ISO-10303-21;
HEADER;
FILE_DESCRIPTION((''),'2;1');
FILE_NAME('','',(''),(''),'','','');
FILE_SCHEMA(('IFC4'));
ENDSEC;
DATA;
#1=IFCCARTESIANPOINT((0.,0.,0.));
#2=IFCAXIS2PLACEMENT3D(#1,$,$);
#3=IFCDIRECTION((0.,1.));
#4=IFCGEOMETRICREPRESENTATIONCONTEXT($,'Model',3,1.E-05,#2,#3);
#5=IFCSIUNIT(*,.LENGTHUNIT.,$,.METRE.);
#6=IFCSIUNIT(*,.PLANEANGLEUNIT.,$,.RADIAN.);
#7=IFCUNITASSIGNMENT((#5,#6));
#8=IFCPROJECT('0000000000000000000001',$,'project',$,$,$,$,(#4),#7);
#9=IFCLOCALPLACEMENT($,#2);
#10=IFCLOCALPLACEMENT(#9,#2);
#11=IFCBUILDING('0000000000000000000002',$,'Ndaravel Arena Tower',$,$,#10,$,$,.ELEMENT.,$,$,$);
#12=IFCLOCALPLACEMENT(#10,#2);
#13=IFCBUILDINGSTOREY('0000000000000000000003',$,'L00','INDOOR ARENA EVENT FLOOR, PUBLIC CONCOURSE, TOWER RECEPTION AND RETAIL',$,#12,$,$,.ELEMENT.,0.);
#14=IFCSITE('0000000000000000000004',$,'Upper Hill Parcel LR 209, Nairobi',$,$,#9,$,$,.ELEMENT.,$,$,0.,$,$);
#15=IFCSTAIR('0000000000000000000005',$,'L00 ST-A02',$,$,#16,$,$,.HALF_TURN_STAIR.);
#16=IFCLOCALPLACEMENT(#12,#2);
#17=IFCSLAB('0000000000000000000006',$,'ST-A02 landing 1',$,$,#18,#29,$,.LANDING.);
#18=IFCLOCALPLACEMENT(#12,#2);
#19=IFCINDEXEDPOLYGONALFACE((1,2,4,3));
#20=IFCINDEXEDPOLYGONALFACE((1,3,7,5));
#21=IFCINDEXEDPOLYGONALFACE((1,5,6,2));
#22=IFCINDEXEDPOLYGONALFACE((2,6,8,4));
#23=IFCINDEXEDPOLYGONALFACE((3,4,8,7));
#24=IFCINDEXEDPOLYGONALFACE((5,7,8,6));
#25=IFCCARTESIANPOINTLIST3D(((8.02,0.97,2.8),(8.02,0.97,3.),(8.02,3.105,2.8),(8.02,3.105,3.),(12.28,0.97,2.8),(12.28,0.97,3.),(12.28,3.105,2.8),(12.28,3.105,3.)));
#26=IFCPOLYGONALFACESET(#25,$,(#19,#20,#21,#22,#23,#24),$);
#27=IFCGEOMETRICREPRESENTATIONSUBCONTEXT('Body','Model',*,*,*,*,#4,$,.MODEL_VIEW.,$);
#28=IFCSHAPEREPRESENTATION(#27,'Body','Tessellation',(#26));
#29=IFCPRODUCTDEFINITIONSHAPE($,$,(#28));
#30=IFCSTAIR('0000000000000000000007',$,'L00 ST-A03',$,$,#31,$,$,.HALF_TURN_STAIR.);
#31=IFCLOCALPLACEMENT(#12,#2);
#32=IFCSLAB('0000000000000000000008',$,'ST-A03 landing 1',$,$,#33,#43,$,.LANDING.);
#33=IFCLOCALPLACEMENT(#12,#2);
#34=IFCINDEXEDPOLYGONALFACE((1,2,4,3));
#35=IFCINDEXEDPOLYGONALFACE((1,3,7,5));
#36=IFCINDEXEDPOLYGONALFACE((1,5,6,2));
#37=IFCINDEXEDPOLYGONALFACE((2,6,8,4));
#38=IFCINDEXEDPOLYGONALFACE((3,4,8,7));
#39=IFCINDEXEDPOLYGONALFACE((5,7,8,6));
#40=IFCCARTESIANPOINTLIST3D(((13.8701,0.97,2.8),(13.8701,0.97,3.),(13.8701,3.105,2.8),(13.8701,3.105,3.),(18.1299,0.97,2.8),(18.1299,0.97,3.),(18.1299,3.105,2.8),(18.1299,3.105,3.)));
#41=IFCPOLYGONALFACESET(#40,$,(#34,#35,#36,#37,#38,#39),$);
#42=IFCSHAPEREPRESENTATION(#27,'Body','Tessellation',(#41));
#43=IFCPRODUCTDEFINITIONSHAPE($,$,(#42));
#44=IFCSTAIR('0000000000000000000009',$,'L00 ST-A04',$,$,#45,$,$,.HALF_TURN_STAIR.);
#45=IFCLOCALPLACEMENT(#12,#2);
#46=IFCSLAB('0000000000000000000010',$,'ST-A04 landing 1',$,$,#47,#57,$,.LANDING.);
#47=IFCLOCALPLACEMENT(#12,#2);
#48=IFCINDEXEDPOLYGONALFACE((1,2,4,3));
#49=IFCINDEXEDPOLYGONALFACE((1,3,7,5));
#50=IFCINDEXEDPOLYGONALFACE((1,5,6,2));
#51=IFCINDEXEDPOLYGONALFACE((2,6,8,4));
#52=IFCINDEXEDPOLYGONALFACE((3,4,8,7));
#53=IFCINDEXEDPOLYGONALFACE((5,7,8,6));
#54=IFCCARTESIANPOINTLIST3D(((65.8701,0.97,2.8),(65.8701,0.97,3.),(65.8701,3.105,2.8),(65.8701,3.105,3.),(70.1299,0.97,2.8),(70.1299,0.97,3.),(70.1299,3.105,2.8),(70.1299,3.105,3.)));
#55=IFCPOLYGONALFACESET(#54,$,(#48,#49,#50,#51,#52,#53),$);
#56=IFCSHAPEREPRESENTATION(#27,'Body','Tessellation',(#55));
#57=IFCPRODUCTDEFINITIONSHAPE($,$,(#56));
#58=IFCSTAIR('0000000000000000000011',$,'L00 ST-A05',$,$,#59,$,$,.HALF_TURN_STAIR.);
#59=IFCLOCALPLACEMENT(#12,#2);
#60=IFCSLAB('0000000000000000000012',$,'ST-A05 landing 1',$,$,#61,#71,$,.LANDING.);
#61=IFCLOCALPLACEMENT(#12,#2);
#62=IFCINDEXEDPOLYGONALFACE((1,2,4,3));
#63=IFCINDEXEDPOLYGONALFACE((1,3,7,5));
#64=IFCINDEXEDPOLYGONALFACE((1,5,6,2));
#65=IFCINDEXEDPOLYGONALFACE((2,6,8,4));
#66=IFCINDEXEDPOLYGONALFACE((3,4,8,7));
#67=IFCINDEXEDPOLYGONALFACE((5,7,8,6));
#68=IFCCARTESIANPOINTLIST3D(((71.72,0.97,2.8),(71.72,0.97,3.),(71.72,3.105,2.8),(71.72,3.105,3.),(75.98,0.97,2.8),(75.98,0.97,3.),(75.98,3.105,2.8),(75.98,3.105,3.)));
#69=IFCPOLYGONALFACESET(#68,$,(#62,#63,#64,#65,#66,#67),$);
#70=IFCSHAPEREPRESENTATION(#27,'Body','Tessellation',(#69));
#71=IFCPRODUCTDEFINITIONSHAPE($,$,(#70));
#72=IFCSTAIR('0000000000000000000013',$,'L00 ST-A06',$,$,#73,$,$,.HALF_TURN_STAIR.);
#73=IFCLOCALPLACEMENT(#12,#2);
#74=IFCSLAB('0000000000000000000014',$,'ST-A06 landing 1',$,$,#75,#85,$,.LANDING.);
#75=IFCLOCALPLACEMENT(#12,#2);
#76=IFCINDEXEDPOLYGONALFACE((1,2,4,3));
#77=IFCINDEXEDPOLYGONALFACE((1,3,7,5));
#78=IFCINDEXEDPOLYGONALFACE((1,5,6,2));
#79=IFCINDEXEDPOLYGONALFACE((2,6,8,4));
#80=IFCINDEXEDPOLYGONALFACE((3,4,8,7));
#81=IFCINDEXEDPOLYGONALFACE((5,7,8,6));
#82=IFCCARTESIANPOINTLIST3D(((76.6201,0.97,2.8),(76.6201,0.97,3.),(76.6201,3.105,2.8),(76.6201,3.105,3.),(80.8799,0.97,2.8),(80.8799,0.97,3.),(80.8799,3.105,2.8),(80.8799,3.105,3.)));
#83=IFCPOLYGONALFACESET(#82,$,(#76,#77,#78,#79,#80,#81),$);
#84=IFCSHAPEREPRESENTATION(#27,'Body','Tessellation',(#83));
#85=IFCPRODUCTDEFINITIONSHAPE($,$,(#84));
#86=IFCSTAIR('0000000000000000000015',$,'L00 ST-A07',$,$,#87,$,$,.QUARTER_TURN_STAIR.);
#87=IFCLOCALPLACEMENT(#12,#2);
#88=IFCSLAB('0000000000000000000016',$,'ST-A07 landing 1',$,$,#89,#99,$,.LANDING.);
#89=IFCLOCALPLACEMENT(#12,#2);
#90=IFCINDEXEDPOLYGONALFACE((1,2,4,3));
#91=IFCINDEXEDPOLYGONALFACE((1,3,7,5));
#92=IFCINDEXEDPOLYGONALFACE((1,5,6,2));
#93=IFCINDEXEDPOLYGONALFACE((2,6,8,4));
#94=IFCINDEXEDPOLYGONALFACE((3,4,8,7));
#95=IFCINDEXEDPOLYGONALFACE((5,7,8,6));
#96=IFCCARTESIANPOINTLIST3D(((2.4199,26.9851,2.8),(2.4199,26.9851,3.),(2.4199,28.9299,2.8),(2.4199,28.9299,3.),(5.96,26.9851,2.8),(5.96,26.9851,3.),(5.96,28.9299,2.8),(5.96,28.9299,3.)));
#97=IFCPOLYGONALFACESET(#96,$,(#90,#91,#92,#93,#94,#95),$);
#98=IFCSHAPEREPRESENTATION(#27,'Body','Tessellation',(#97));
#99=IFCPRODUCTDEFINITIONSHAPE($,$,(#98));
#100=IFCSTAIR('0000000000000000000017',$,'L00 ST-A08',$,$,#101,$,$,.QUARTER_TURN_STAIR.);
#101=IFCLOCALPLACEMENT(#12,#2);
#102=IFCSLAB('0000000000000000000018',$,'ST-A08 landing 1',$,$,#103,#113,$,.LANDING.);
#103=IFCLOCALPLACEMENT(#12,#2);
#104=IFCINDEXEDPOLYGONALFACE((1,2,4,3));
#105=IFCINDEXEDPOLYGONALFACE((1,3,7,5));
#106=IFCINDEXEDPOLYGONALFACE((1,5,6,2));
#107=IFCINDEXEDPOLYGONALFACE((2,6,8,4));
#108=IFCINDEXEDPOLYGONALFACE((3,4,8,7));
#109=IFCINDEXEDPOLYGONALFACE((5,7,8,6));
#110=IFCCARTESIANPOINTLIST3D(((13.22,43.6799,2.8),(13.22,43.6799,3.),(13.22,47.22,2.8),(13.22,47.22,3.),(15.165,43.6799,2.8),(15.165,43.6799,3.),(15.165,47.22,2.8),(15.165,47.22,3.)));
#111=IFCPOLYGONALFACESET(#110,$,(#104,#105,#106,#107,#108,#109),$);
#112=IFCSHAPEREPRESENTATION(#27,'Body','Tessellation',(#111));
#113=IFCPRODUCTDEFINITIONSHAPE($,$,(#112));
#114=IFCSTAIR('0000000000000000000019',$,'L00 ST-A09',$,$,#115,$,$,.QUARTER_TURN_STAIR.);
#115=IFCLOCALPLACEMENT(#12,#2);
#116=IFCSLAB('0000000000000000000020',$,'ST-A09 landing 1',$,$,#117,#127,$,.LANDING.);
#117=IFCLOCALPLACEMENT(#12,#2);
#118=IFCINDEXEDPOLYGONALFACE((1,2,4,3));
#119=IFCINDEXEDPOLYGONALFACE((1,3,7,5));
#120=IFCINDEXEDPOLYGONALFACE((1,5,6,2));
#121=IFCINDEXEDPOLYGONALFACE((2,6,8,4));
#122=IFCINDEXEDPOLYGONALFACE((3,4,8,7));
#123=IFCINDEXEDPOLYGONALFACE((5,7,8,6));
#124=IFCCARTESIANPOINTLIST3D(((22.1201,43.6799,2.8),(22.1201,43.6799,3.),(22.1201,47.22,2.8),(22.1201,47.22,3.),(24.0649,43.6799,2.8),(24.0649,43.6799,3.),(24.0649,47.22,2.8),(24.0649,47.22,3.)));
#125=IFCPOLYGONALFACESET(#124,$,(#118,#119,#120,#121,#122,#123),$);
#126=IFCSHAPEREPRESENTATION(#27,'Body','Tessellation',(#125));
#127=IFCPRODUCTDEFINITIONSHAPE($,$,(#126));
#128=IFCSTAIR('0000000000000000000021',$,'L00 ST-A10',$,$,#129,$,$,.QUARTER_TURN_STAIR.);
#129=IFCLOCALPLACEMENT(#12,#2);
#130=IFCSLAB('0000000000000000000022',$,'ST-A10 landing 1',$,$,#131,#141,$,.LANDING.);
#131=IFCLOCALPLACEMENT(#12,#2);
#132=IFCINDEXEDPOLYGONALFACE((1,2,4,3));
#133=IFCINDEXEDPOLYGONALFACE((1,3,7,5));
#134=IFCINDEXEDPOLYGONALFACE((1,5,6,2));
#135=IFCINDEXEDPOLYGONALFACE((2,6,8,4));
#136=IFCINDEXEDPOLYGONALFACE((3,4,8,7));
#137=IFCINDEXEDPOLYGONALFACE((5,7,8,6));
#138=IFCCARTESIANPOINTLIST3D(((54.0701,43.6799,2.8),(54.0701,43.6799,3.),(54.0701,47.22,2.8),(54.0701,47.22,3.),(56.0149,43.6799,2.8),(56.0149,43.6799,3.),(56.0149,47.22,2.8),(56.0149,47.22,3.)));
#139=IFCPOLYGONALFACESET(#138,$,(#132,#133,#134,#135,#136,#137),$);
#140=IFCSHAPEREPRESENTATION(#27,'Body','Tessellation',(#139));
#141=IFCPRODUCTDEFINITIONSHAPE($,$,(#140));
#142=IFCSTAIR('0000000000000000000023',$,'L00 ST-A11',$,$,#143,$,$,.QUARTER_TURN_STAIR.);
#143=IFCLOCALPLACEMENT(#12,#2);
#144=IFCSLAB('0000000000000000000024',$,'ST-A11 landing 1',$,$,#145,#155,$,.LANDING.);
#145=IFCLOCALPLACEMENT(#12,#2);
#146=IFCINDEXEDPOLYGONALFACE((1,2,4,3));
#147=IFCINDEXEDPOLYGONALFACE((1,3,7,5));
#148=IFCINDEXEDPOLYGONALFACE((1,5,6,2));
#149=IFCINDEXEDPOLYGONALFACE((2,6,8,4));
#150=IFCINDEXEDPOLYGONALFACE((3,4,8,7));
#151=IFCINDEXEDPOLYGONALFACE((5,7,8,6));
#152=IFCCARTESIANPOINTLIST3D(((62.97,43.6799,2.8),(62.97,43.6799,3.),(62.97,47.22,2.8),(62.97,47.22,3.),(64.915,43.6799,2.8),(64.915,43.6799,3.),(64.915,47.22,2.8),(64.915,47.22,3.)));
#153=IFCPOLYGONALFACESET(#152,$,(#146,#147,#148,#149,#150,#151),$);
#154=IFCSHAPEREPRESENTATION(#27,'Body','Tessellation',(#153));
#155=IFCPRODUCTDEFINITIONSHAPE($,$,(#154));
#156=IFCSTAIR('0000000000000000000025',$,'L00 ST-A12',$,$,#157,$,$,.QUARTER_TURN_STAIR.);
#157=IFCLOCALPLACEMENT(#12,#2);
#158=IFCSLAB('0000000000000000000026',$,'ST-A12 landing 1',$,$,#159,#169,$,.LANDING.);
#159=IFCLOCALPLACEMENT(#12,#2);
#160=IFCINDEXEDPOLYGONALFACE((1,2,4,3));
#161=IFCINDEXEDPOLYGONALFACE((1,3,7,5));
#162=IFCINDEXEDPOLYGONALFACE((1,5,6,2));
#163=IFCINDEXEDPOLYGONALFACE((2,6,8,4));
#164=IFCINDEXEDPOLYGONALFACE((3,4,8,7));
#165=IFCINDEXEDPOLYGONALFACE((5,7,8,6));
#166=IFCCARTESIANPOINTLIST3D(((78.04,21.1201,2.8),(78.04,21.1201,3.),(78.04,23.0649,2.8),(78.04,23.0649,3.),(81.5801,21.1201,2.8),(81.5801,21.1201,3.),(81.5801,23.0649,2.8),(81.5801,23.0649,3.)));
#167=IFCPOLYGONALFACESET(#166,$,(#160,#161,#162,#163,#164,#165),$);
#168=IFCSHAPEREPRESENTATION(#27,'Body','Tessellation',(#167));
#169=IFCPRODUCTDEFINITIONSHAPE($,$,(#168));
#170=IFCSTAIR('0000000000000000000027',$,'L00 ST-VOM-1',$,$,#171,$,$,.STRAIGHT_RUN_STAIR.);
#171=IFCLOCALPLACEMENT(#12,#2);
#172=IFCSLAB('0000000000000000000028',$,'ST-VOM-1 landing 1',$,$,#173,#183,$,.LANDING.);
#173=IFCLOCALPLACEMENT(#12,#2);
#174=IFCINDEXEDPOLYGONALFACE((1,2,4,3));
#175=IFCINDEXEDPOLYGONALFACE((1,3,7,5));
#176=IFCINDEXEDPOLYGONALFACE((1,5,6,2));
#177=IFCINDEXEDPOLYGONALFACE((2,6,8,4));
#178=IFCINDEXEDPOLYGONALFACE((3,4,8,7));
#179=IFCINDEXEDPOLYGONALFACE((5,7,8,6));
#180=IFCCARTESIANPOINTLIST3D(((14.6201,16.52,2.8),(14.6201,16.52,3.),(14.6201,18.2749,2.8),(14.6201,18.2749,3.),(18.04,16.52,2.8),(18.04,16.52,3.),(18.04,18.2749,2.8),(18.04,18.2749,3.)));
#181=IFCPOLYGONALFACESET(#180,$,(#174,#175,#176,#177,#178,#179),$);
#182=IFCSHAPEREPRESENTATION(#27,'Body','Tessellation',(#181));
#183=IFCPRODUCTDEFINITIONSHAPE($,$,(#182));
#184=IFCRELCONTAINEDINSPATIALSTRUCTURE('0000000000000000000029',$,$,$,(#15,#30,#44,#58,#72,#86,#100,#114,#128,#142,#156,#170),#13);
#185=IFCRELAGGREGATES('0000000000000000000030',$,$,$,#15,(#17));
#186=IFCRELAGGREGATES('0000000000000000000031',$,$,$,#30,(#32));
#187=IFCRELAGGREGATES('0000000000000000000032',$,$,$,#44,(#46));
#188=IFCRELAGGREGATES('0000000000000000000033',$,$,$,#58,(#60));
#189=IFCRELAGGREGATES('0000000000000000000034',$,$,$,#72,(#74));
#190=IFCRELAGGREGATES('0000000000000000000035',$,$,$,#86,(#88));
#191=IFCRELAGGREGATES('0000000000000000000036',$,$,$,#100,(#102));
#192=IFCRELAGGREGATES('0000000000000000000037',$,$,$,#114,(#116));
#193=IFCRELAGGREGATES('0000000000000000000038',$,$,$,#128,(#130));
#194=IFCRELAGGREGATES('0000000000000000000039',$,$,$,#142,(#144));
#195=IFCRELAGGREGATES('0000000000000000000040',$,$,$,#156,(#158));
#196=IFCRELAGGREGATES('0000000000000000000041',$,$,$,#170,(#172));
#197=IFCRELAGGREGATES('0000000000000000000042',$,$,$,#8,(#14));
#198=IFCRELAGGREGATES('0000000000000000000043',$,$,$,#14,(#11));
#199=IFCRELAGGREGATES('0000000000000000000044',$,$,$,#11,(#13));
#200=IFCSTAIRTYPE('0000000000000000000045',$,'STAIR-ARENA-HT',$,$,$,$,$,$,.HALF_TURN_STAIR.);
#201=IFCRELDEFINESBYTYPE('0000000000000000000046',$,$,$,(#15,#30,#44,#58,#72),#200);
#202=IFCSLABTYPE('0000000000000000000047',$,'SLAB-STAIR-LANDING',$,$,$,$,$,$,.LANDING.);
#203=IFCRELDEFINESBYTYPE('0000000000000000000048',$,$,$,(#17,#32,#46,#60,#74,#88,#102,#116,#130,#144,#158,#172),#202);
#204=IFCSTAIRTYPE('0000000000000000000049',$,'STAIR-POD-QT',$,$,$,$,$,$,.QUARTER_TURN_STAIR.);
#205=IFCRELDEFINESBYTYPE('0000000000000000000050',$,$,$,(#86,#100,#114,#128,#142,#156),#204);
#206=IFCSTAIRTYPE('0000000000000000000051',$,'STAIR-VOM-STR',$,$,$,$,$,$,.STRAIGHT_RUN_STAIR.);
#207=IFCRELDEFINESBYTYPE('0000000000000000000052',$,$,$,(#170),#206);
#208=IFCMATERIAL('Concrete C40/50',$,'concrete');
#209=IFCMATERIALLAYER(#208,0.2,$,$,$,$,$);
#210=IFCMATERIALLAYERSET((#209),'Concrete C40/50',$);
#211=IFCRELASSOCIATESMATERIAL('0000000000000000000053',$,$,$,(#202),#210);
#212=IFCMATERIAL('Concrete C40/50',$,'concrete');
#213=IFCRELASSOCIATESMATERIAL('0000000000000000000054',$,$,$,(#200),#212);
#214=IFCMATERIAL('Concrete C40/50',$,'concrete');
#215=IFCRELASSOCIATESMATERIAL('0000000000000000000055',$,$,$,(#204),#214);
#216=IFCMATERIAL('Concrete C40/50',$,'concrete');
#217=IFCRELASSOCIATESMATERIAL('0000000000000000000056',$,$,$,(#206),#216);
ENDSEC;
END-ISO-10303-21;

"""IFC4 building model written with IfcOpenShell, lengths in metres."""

from ifc_helpers import new_model, si_unit, direction, frame, origin, place, context, subcontext, project, spatial, polyline, outline, extrude, material, layer, layer_set, type_object, element, aggregate, save


model = new_model("IFC4")

# Units and contexts
model_context = context("Model", 3, precision=1e-05, world=origin(), true_north=direction((0.0, 1.0)))
body_context = subcontext(model_context, "Body", "Model", "MODEL_VIEW")
ifc_project = project(units=[si_unit("LENGTHUNIT", "METRE"), si_unit("PLANEANGLEUNIT", "RADIAN")], contexts=[model_context])

# Site, building, storey
site_placement = place(None, origin())
site = spatial("IfcSite", under=ifc_project, at=site_placement, Name="Upper Hill Parcel LR 209, Nairobi", CompositionType="ELEMENT", RefElevation=0.0)
building_placement = place(site_placement, origin())
building = spatial("IfcBuilding", under=site, at=building_placement, Name="Ndaravel Arena Tower", CompositionType="ELEMENT")
storey_placement = place(building_placement, origin())
storey = spatial("IfcBuildingStorey", under=building, at=storey_placement, Name="L00", Description="INDOOR ARENA EVENT FLOOR, PUBLIC CONCOURSE, TOWER RECEPTION AND RETAIL", CompositionType="ELEMENT", Elevation=0.0)

# Stairs, slabs
ifc_material_1 = material(Name="Concrete C40/50", Category="concrete")
ifc_layer_1 = layer(ifc_material_1, 0.2)
ifc_layer_set_1 = layer_set([ifc_layer_1], Name="Concrete C40/50")
slab_type_1 = type_object("IfcSlabType", Name="SLAB-STAIR-LANDING", PredefinedType="LANDING", material=ifc_layer_set_1)
ifc_material_2 = material(Name="Concrete C40/50", Category="concrete")
stair_type_1 = type_object("IfcStairType", Name="STAIR-ARENA-HT", PredefinedType="HALF_TURN_STAIR", material=ifc_material_2)
stair_1_placement = place(storey_placement, origin())
stair_1 = element("IfcStair", 1, at=stair_1_placement, inside=storey, type_object=stair_type_1, Name="L00 ST-A02", PredefinedType="HALF_TURN_STAIR")
slab_1_placement = place(storey_placement, frame((0.0, 0.0, 2.8)))
slab_1 = element("IfcSlab", 2, at=slab_1_placement, type_object=slab_type_1, Name="ST-A02 landing 1", PredefinedType="LANDING", context=body_context, shape_type="SweptSolid", body=[
    extrude(outline(polyline([(8.02, 3.105), (8.02, 0.97), (12.28, 0.97), (12.28, 3.105), (8.02, 3.105)])), origin(), (0.0, 0.0, 1.0), 0.2),
])
aggregate(stair_1, [slab_1])
stair_2_placement = place(storey_placement, origin())
stair_2 = element("IfcStair", 3, at=stair_2_placement, inside=storey, type_object=stair_type_1, Name="L00 ST-A03", PredefinedType="HALF_TURN_STAIR")
slab_2_placement = place(storey_placement, frame((0.0, 0.0, 2.8)))
slab_2 = element("IfcSlab", 4, at=slab_2_placement, type_object=slab_type_1, Name="ST-A03 landing 1", PredefinedType="LANDING", context=body_context, shape_type="SweptSolid", body=[
    extrude(outline(polyline([(13.8701, 3.105), (13.8701, 0.97), (18.1299, 0.97), (18.1299, 3.105), (13.8701, 3.105)])), origin(), (0.0, 0.0, 1.0), 0.2),
])
aggregate(stair_2, [slab_2])
stair_3_placement = place(storey_placement, origin())
stair_3 = element("IfcStair", 5, at=stair_3_placement, inside=storey, type_object=stair_type_1, Name="L00 ST-A04", PredefinedType="HALF_TURN_STAIR")
slab_3_placement = place(storey_placement, frame((0.0, 0.0, 2.8)))
slab_3 = element("IfcSlab", 6, at=slab_3_placement, type_object=slab_type_1, Name="ST-A04 landing 1", PredefinedType="LANDING", context=body_context, shape_type="SweptSolid", body=[
    extrude(outline(polyline([(65.8701, 3.105), (65.8701, 0.97), (70.1299, 0.97), (70.1299, 3.105), (65.8701, 3.105)])), origin(), (0.0, 0.0, 1.0), 0.2),
])
aggregate(stair_3, [slab_3])
stair_4_placement = place(storey_placement, origin())
stair_4 = element("IfcStair", 7, at=stair_4_placement, inside=storey, type_object=stair_type_1, Name="L00 ST-A05", PredefinedType="HALF_TURN_STAIR")
slab_4_placement = place(storey_placement, frame((0.0, 0.0, 2.8)))
slab_4 = element("IfcSlab", 8, at=slab_4_placement, type_object=slab_type_1, Name="ST-A05 landing 1", PredefinedType="LANDING", context=body_context, shape_type="SweptSolid", body=[
    extrude(outline(polyline([(71.72, 3.105), (71.72, 0.97), (75.98, 0.97), (75.98, 3.105), (71.72, 3.105)])), origin(), (0.0, 0.0, 1.0), 0.2),
])
aggregate(stair_4, [slab_4])
stair_5_placement = place(storey_placement, origin())
stair_5 = element("IfcStair", 9, at=stair_5_placement, inside=storey, type_object=stair_type_1, Name="L00 ST-A06", PredefinedType="HALF_TURN_STAIR")
slab_5_placement = place(storey_placement, frame((0.0, 0.0, 2.8)))
slab_5 = element("IfcSlab", 10, at=slab_5_placement, type_object=slab_type_1, Name="ST-A06 landing 1", PredefinedType="LANDING", context=body_context, shape_type="SweptSolid", body=[
    extrude(outline(polyline([(76.6201, 3.105), (76.6201, 0.97), (80.8799, 0.97), (80.8799, 3.105), (76.6201, 3.105)])), origin(), (0.0, 0.0, 1.0), 0.2),
])
aggregate(stair_5, [slab_5])
ifc_material_3 = material(Name="Concrete C40/50", Category="concrete")
stair_type_2 = type_object("IfcStairType", Name="STAIR-POD-QT", PredefinedType="QUARTER_TURN_STAIR", material=ifc_material_3)
stair_6_placement = place(storey_placement, origin())
stair_6 = element("IfcStair", 11, at=stair_6_placement, inside=storey, type_object=stair_type_2, Name="L00 ST-A07", PredefinedType="QUARTER_TURN_STAIR")
slab_6_placement = place(storey_placement, frame((0.0, 0.0, 2.8)))
slab_6 = element("IfcSlab", 12, at=slab_6_placement, type_object=slab_type_1, Name="ST-A07 landing 1", PredefinedType="LANDING", context=body_context, shape_type="SweptSolid", body=[
    extrude(outline(polyline([(5.96, 26.9851), (5.96, 28.9299), (2.4199, 28.9299), (2.4199, 26.9851), (5.96, 26.9851)])), origin(), (0.0, 0.0, 1.0), 0.2),
])
aggregate(stair_6, [slab_6])
stair_7_placement = place(storey_placement, origin())
stair_7 = element("IfcStair", 13, at=stair_7_placement, inside=storey, type_object=stair_type_2, Name="L00 ST-A08", PredefinedType="QUARTER_TURN_STAIR")
slab_7_placement = place(storey_placement, frame((0.0, 0.0, 2.8)))
slab_7 = element("IfcSlab", 14, at=slab_7_placement, type_object=slab_type_1, Name="ST-A08 landing 1", PredefinedType="LANDING", context=body_context, shape_type="SweptSolid", body=[
    extrude(outline(polyline([(15.165, 47.22), (13.22, 47.22), (13.22, 43.6799), (15.165, 43.6799), (15.165, 47.22)])), origin(), (0.0, 0.0, 1.0), 0.2),
])
aggregate(stair_7, [slab_7])
stair_8_placement = place(storey_placement, origin())
stair_8 = element("IfcStair", 15, at=stair_8_placement, inside=storey, type_object=stair_type_2, Name="L00 ST-A09", PredefinedType="QUARTER_TURN_STAIR")
slab_8_placement = place(storey_placement, frame((0.0, 0.0, 2.8)))
slab_8 = element("IfcSlab", 16, at=slab_8_placement, type_object=slab_type_1, Name="ST-A09 landing 1", PredefinedType="LANDING", context=body_context, shape_type="SweptSolid", body=[
    extrude(outline(polyline([(24.0649, 47.22), (22.1201, 47.22), (22.1201, 43.6799), (24.0649, 43.6799), (24.0649, 47.22)])), origin(), (0.0, 0.0, 1.0), 0.2),
])
aggregate(stair_8, [slab_8])
stair_9_placement = place(storey_placement, origin())
stair_9 = element("IfcStair", 17, at=stair_9_placement, inside=storey, type_object=stair_type_2, Name="L00 ST-A10", PredefinedType="QUARTER_TURN_STAIR")
slab_9_placement = place(storey_placement, frame((0.0, 0.0, 2.8)))
slab_9 = element("IfcSlab", 18, at=slab_9_placement, type_object=slab_type_1, Name="ST-A10 landing 1", PredefinedType="LANDING", context=body_context, shape_type="SweptSolid", body=[
    extrude(outline(polyline([(56.0149, 47.22), (54.0701, 47.22), (54.0701, 43.6799), (56.0149, 43.6799), (56.0149, 47.22)])), origin(), (0.0, 0.0, 1.0), 0.2),
])
aggregate(stair_9, [slab_9])
stair_10_placement = place(storey_placement, origin())
stair_10 = element("IfcStair", 19, at=stair_10_placement, inside=storey, type_object=stair_type_2, Name="L00 ST-A11", PredefinedType="QUARTER_TURN_STAIR")
slab_10_placement = place(storey_placement, frame((0.0, 0.0, 2.8)))
slab_10 = element("IfcSlab", 20, at=slab_10_placement, type_object=slab_type_1, Name="ST-A11 landing 1", PredefinedType="LANDING", context=body_context, shape_type="SweptSolid", body=[
    extrude(outline(polyline([(64.915, 47.22), (62.97, 47.22), (62.97, 43.6799), (64.915, 43.6799), (64.915, 47.22)])), origin(), (0.0, 0.0, 1.0), 0.2),
])
aggregate(stair_10, [slab_10])
stair_11_placement = place(storey_placement, origin())
stair_11 = element("IfcStair", 21, at=stair_11_placement, inside=storey, type_object=stair_type_2, Name="L00 ST-A12", PredefinedType="QUARTER_TURN_STAIR")
slab_11_placement = place(storey_placement, frame((0.0, 0.0, 2.8)))
slab_11 = element("IfcSlab", 22, at=slab_11_placement, type_object=slab_type_1, Name="ST-A12 landing 1", PredefinedType="LANDING", context=body_context, shape_type="SweptSolid", body=[
    extrude(outline(polyline([(78.04, 23.0649), (78.04, 21.1201), (81.5801, 21.1201), (81.5801, 23.0649), (78.04, 23.0649)])), origin(), (0.0, 0.0, 1.0), 0.2),
])
aggregate(stair_11, [slab_11])
ifc_material_4 = material(Name="Concrete C40/50", Category="concrete")
stair_type_3 = type_object("IfcStairType", Name="STAIR-VOM-STR", PredefinedType="STRAIGHT_RUN_STAIR", material=ifc_material_4)
stair_12_placement = place(storey_placement, origin())
stair_12 = element("IfcStair", 23, at=stair_12_placement, inside=storey, type_object=stair_type_3, Name="L00 ST-VOM-1", PredefinedType="STRAIGHT_RUN_STAIR")
slab_12_placement = place(storey_placement, frame((0.0, 0.0, 2.8)))
slab_12 = element("IfcSlab", 24, at=slab_12_placement, type_object=slab_type_1, Name="ST-VOM-1 landing 1", PredefinedType="LANDING", context=body_context, shape_type="SweptSolid", body=[
    extrude(outline(polyline([(14.6201, 18.2749), (14.6201, 16.52), (18.04, 16.52), (18.04, 18.2749), (14.6201, 18.2749)])), origin(), (0.0, 0.0, 1.0), 0.2),
])
aggregate(stair_12, [slab_12])

save(model, "model.ifc")
